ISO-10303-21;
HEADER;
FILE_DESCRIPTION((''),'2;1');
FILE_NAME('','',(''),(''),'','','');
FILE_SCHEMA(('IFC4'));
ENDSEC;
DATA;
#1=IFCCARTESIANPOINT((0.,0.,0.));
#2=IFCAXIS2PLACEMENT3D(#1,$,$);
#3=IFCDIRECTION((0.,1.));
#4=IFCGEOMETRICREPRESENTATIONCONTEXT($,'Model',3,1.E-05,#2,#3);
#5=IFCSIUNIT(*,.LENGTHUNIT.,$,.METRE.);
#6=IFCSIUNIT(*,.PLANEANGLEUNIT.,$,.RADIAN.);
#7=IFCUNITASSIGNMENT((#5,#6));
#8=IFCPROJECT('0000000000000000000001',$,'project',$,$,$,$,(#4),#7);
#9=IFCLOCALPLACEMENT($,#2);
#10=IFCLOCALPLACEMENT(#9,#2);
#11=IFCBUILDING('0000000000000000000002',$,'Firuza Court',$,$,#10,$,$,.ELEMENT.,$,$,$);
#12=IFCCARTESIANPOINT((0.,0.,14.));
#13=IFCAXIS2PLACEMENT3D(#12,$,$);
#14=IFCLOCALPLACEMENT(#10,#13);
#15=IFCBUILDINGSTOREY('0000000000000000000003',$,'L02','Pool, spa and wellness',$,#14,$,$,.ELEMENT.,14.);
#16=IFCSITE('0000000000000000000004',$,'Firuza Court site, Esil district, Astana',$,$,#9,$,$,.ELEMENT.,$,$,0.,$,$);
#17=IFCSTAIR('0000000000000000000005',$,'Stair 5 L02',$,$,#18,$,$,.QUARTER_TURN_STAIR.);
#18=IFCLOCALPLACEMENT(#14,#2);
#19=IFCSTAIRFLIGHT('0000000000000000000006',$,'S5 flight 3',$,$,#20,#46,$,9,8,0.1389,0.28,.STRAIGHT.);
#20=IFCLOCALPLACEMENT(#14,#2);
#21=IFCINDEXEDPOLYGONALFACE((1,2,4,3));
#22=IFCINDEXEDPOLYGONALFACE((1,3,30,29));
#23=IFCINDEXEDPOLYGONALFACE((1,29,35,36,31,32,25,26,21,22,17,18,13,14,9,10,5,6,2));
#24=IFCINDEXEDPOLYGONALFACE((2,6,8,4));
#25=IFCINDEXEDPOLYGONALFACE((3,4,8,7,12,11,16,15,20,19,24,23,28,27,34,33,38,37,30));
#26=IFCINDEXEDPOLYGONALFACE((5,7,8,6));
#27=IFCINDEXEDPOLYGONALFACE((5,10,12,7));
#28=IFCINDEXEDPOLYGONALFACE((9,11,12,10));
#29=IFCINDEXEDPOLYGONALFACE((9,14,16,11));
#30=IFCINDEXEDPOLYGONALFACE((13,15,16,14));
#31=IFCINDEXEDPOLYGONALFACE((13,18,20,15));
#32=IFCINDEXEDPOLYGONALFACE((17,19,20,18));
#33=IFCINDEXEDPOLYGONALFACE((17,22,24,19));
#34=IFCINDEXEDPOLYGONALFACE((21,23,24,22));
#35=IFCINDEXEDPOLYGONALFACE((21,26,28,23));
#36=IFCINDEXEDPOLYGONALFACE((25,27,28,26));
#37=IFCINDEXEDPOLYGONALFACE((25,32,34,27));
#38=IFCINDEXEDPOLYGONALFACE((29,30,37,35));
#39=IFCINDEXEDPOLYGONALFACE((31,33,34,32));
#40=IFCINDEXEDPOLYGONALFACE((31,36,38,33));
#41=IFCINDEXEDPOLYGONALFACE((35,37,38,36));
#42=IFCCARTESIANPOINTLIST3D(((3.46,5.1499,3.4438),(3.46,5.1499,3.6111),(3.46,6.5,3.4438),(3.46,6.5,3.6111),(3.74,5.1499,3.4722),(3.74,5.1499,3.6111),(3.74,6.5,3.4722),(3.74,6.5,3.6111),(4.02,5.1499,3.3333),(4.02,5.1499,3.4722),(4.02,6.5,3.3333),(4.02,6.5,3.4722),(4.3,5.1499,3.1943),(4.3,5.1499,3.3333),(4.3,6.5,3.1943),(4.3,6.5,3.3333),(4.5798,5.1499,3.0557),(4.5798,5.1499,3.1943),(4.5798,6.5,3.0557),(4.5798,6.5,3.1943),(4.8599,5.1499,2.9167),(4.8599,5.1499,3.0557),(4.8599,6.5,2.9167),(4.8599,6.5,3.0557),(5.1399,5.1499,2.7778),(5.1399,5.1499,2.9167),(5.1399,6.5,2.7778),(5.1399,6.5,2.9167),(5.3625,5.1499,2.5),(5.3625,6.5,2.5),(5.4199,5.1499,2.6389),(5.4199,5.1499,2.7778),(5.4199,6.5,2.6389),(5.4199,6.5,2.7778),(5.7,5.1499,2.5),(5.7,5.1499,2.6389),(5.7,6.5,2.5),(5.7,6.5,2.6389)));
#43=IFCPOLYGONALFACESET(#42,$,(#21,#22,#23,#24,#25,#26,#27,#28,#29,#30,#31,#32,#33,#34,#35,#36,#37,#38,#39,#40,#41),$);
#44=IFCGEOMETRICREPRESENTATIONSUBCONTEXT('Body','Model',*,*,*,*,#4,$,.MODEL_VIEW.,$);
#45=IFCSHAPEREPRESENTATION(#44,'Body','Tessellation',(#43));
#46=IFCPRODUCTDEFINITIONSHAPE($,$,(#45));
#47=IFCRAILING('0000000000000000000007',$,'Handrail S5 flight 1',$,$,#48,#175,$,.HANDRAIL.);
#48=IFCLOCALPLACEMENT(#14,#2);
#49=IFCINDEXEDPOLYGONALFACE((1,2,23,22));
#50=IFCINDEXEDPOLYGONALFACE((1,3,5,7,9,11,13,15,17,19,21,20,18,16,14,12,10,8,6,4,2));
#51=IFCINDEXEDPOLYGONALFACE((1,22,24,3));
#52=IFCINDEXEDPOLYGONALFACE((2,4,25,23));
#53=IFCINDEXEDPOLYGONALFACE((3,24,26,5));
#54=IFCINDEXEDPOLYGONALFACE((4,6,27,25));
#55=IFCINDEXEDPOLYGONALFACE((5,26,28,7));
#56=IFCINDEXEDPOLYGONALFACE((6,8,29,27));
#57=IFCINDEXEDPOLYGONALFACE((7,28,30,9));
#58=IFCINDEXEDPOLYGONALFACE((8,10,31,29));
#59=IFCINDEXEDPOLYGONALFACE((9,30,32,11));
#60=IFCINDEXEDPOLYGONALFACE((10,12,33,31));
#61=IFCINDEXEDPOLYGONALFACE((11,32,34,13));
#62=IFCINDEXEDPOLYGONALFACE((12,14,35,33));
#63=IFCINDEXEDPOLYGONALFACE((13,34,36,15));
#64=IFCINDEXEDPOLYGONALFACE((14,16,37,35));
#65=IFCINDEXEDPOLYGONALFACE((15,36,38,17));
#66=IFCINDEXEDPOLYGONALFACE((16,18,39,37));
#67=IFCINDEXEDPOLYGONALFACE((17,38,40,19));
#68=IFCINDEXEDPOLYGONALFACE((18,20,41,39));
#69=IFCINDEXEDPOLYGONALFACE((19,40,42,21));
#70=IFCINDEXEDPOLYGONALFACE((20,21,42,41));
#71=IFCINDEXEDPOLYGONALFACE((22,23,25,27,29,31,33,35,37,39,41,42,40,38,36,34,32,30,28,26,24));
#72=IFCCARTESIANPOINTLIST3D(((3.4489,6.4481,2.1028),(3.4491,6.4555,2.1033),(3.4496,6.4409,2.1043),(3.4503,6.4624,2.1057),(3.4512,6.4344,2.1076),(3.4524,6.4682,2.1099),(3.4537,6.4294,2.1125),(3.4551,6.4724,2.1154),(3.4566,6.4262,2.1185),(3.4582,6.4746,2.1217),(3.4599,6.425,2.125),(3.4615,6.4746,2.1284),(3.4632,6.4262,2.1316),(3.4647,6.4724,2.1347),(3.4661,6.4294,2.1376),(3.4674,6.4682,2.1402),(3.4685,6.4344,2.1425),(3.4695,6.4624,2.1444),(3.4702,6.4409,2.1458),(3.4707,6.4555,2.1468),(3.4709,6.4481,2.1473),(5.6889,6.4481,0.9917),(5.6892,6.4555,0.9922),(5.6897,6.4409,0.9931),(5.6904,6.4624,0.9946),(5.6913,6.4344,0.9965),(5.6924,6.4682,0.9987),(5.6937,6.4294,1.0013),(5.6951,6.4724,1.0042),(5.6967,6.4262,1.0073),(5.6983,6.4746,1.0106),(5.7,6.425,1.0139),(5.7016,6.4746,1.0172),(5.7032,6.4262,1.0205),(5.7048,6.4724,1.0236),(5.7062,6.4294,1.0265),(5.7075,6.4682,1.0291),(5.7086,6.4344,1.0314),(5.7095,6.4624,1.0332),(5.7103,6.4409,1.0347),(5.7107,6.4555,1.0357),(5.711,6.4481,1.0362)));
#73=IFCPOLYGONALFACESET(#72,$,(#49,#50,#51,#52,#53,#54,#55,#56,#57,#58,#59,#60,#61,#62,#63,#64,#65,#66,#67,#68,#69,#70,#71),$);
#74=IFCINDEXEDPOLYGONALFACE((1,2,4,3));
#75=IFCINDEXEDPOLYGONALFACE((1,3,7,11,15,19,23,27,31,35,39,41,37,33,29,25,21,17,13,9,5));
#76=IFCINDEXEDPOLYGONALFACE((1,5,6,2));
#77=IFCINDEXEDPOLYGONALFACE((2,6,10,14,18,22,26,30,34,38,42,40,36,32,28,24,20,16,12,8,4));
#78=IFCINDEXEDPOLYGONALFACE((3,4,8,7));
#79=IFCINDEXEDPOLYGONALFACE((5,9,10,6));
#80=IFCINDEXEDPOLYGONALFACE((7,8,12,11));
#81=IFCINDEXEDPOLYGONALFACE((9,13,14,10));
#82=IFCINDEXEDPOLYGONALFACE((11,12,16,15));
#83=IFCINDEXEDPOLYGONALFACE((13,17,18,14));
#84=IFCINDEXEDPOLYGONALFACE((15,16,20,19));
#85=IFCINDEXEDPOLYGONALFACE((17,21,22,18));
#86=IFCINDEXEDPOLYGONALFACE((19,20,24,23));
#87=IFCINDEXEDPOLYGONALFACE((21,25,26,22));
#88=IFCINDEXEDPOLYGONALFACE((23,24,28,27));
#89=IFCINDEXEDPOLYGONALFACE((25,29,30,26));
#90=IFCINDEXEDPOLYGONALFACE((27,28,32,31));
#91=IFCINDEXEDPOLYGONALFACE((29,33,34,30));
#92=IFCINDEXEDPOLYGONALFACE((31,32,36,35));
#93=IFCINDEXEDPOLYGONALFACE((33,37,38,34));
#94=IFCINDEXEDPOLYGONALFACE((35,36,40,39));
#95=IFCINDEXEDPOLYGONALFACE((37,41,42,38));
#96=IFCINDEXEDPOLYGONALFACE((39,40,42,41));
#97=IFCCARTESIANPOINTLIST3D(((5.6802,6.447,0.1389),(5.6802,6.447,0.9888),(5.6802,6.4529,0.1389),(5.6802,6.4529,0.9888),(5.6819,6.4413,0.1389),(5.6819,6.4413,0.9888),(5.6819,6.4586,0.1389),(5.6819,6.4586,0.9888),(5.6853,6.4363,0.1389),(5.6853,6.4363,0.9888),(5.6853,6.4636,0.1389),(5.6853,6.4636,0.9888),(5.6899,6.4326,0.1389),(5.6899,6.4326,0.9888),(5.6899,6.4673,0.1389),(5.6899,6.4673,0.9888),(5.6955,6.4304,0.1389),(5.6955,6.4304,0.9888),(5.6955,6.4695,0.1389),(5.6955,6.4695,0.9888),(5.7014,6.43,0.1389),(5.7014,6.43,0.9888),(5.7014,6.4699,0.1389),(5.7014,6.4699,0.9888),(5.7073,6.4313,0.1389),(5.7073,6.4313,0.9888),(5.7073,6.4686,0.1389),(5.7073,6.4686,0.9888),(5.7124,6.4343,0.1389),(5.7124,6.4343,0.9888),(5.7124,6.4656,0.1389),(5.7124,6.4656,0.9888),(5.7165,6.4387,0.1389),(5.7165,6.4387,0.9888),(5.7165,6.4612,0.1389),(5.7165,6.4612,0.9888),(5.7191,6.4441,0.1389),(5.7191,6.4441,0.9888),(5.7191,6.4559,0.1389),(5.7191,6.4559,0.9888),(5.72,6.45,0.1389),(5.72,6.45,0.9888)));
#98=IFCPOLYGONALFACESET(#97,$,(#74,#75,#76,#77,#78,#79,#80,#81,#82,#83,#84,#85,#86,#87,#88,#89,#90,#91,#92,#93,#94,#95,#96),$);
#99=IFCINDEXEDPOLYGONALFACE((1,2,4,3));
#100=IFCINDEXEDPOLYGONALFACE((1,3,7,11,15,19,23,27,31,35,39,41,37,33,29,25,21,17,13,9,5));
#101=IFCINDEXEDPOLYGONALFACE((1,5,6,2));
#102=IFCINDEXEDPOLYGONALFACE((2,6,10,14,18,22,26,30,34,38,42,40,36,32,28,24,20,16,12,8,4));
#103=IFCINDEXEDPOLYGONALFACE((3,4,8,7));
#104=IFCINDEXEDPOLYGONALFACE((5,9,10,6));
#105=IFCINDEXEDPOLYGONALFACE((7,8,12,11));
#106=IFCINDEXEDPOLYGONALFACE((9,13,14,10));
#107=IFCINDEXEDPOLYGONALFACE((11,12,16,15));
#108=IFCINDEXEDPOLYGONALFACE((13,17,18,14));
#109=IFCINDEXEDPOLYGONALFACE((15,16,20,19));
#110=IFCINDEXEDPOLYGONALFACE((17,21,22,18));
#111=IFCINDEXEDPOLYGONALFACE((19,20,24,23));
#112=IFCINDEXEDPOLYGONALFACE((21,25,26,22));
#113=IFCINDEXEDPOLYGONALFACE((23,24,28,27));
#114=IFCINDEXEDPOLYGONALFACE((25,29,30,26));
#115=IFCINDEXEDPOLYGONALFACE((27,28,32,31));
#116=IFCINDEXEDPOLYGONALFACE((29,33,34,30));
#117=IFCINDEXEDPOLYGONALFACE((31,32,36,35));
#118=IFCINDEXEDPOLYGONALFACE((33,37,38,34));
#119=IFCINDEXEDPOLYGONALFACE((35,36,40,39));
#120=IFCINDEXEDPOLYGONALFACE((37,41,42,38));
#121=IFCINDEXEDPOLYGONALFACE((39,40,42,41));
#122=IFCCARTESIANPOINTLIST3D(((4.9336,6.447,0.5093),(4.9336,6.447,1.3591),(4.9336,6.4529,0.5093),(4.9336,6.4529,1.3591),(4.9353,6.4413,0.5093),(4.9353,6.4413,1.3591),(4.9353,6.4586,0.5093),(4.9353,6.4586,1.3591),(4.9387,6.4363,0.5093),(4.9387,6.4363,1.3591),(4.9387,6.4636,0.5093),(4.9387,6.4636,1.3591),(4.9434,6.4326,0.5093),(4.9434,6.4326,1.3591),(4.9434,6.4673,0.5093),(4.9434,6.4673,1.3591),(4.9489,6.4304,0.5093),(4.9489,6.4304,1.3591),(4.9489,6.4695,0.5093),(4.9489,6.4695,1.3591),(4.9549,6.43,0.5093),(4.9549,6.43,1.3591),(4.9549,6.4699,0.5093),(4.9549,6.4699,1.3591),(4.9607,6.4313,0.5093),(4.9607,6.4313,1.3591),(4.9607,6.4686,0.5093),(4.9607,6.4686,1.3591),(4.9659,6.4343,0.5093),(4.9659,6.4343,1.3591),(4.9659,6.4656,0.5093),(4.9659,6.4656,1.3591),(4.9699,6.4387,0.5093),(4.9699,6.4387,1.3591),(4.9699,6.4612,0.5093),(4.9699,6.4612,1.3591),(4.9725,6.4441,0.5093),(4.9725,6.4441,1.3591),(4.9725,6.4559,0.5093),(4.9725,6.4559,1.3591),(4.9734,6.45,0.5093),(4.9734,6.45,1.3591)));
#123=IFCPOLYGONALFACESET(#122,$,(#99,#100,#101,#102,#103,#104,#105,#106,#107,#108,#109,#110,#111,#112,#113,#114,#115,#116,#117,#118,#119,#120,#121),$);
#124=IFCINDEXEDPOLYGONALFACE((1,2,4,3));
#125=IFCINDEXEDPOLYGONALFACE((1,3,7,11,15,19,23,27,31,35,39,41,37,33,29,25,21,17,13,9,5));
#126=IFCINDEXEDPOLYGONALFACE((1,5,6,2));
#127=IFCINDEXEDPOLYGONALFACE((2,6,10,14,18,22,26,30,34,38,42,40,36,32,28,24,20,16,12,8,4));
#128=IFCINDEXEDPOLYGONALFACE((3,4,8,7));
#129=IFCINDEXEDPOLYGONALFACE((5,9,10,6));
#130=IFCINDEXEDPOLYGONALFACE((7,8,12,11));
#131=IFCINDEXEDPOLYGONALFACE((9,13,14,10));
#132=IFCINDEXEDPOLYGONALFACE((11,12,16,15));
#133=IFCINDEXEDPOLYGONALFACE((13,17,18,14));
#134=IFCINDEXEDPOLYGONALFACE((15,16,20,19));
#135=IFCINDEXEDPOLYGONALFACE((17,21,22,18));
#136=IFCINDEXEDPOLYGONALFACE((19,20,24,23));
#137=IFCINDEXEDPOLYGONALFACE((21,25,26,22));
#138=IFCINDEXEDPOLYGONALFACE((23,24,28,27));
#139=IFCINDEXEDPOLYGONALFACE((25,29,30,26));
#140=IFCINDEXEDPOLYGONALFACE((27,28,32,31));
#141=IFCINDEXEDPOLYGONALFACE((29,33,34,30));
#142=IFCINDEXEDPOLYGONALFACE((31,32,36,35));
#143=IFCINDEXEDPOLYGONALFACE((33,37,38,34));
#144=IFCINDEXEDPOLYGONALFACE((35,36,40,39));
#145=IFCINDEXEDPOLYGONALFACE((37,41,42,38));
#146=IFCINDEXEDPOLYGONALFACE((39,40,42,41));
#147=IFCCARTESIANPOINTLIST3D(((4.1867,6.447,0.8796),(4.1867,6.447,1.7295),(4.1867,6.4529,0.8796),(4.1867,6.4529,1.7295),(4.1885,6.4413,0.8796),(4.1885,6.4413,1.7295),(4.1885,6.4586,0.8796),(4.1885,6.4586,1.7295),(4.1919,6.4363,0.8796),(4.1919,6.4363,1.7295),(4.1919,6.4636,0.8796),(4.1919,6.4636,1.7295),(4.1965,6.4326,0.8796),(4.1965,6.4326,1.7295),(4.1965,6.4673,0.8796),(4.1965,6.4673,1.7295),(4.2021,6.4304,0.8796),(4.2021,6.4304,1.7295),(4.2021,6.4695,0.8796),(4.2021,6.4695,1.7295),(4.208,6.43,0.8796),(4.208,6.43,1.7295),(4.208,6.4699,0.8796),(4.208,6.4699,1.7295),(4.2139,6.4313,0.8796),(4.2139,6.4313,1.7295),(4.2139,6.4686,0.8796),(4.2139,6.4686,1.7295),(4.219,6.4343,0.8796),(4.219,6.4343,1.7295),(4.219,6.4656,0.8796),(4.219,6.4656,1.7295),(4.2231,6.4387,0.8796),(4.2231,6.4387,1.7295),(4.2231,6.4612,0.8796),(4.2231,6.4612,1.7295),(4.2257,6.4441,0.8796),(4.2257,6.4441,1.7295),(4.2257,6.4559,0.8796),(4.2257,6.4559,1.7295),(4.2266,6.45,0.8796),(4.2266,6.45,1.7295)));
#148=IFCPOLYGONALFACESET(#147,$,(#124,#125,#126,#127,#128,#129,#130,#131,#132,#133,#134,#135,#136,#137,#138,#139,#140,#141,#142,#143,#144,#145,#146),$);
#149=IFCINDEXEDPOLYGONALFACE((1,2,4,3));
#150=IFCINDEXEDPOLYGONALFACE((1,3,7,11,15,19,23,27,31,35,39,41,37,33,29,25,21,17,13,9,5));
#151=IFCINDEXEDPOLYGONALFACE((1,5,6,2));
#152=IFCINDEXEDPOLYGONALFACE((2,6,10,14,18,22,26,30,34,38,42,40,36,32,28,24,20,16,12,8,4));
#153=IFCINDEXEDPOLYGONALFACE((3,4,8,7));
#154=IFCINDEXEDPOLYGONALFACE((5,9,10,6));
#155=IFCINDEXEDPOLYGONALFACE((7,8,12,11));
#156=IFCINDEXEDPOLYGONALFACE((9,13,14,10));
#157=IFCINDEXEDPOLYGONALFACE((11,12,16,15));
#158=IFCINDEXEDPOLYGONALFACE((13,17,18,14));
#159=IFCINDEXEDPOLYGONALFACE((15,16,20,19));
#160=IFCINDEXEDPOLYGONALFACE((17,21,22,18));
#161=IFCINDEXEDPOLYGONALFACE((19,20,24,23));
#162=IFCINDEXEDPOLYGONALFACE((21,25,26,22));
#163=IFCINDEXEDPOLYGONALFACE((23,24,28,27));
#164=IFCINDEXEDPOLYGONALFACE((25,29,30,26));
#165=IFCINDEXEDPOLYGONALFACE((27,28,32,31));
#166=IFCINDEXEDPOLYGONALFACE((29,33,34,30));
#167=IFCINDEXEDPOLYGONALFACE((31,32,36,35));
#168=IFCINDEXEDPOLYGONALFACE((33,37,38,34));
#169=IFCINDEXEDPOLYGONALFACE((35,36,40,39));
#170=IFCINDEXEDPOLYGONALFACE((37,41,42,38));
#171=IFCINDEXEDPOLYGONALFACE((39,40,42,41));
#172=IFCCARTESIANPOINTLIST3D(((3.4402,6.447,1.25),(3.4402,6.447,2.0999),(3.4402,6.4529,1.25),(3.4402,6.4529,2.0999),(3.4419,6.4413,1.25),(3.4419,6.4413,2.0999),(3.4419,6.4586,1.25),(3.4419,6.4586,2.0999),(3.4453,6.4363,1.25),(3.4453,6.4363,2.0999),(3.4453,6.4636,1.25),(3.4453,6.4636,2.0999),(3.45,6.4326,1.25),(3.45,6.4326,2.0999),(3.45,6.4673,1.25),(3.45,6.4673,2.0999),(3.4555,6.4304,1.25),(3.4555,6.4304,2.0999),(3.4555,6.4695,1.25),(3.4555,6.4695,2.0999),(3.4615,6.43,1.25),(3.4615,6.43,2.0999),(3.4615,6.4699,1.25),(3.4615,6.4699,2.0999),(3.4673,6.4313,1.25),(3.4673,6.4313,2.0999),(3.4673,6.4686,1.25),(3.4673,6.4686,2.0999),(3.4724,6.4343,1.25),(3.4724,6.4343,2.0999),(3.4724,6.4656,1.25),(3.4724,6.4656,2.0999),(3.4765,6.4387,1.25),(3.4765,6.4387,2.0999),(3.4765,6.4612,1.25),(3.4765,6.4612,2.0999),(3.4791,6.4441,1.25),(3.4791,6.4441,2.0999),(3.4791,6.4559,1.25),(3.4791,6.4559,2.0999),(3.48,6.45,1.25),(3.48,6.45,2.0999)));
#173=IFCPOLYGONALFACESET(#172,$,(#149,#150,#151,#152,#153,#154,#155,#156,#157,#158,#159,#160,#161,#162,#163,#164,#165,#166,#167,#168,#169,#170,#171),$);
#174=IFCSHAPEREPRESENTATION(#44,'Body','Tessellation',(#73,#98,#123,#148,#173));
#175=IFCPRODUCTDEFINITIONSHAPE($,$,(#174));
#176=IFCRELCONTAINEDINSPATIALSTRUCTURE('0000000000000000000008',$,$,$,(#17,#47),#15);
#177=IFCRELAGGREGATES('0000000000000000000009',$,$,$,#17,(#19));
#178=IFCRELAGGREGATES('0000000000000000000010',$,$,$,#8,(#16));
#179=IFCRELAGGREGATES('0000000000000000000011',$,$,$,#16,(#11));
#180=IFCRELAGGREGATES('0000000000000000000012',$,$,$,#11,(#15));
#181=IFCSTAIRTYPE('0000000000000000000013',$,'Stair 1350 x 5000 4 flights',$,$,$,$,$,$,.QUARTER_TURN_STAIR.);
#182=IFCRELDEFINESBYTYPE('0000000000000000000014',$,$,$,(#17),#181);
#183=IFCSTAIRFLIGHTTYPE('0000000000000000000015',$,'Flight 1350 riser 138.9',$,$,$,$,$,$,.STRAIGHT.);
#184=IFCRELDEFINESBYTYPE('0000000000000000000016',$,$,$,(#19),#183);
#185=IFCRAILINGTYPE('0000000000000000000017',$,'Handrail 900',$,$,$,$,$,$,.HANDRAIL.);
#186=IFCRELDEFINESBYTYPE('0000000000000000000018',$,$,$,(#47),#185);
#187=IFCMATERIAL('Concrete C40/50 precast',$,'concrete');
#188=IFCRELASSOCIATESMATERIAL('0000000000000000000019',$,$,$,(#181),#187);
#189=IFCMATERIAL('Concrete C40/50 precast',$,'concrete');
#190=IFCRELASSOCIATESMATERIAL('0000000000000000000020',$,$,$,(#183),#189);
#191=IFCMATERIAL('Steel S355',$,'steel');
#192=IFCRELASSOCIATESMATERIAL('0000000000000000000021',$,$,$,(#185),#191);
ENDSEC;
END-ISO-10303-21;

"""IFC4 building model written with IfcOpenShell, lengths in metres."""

from ifc_helpers import new_model, si_unit, direction, frame, origin, origin_2d, place, context, subcontext, project, spatial, polyline, circle, outline, extrude, material, type_object, element, aggregate, save


model = new_model("IFC4")

# Units and contexts
model_context = context("Model", 3, precision=1e-05, world=origin(), true_north=direction((0.0, 1.0)))
body_context = subcontext(model_context, "Body", "Model", "MODEL_VIEW")
ifc_project = project(units=[si_unit("LENGTHUNIT", "METRE"), si_unit("PLANEANGLEUNIT", "RADIAN")], contexts=[model_context])

# Site, building, storey
site_placement = place(None, origin())
site = spatial("IfcSite", under=ifc_project, at=site_placement, Name="Firuza Court site, Esil district, Astana", CompositionType="ELEMENT", RefElevation=0.0)
building_placement = place(site_placement, origin())
building = spatial("IfcBuilding", under=site, at=building_placement, Name="Firuza Court", CompositionType="ELEMENT")
storey_placement = place(building_placement, frame((0.0, 0.0, 14.0)))
storey = spatial("IfcBuildingStorey", under=building, at=storey_placement, Name="L02", Description="Pool, spa and wellness", CompositionType="ELEMENT", Elevation=14.0)

# Stair, stair flight
ifc_material_1 = material(Name="Concrete C40/50 precast", Category="concrete")
stair_type = type_object("IfcStairType", Name="Stair 1350 x 5000 4 flights", PredefinedType="QUARTER_TURN_STAIR", material=ifc_material_1)
stair_placement = place(storey_placement, origin())
stair = element("IfcStair", 1, at=stair_placement, inside=storey, type_object=stair_type, Name="Stair 5 L02", PredefinedType="QUARTER_TURN_STAIR")
ifc_material_2 = material(Name="Concrete C40/50 precast", Category="concrete")
stair_flight_type = type_object("IfcStairFlightType", Name="Flight 1350 riser 138.9", PredefinedType="STRAIGHT", material=ifc_material_2)
stair_flight_placement = place(storey_placement, frame((5.7, 5.825, 2.5), z_axis=(0.0, 0.0, 1.0), x_axis=(-1.0, 0.0, 0.0)))
stair_flight = element("IfcStairFlight", 2, at=stair_flight_placement, type_object=stair_flight_type, Name="S5 flight 3", NumberOfRisers=9, NumberOfTreads=8, PredefinedType="STRAIGHT", RiserHeight=0.1389, TreadLength=0.28, context=body_context, shape_type="SweptSolid", body=[
    extrude(outline(polyline([(0.0, 0.0), (0.0, 0.1389), (0.28, 0.1389), (0.28, 0.2778), (0.5601, 0.2778), (0.5601, 0.4167), (0.8401, 0.4167), (0.8401, 0.5557), (1.1201, 0.5557), (1.1201, 0.6943), (1.3999, 0.6943), (1.3999, 0.8333), (1.6799, 0.8333), (1.6799, 0.9722), (1.96, 0.9722), (1.96, 1.1111), (2.24, 1.1111), (2.24, 1.25), (2.24, 0.9438), (0.3374, 0.0), (0.0, 0.0)])), frame((0.0, 0.675, 0.0), z_axis=(0.0, -1.0, 0.0), x_axis=(1.0, 0.0, 0.0)), (0.0, 0.0, 1.0), 1.3501),
])
aggregate(stair, [stair_flight])

# Railing
ifc_material_3 = material(Name="Steel S355", Category="steel")
railing_type_1 = type_object("IfcRailingType", Name="Handrail 900", PredefinedType="HANDRAIL", material=ifc_material_3)
for number, where, name in (
    (3, (5.7, 6.45, 0.1389), "Handrail S5 flight 1"),
):
    element("IfcRailing", number, at=place(storey_placement, frame(where)), inside=storey, type_object=railing_type_1, Name=name, PredefinedType="HANDRAIL", context=body_context, shape_type="SweptSolid", body=[
        extrude(circle(Radius=0.0249, at=origin_2d()), frame((0.0, 0.0, 0.875), z_axis=(-0.895848, 0.0, 0.44436), x_axis=(0.0, -1.0, 0.0)), (0.0, 0.0, 1.0), 2.5005),
        extrude(circle(Radius=0.02, at=origin_2d()), origin(), (0.0, 0.0, 1.0), 0.8499),
        extrude(circle(Radius=0.02, at=origin_2d()), frame((-0.7466, 0.0, 0.3704)), (0.0, 0.0, 1.0), 0.8499),
        extrude(circle(Radius=0.02, at=origin_2d()), frame((-1.4934, 0.0, 0.7407)), (0.0, 0.0, 1.0), 0.8499),
        extrude(circle(Radius=0.02, at=origin_2d()), frame((-2.24, 0.0, 1.1111)), (0.0, 0.0, 1.0), 0.8499),
    ])

save(model, "model.ifc")
